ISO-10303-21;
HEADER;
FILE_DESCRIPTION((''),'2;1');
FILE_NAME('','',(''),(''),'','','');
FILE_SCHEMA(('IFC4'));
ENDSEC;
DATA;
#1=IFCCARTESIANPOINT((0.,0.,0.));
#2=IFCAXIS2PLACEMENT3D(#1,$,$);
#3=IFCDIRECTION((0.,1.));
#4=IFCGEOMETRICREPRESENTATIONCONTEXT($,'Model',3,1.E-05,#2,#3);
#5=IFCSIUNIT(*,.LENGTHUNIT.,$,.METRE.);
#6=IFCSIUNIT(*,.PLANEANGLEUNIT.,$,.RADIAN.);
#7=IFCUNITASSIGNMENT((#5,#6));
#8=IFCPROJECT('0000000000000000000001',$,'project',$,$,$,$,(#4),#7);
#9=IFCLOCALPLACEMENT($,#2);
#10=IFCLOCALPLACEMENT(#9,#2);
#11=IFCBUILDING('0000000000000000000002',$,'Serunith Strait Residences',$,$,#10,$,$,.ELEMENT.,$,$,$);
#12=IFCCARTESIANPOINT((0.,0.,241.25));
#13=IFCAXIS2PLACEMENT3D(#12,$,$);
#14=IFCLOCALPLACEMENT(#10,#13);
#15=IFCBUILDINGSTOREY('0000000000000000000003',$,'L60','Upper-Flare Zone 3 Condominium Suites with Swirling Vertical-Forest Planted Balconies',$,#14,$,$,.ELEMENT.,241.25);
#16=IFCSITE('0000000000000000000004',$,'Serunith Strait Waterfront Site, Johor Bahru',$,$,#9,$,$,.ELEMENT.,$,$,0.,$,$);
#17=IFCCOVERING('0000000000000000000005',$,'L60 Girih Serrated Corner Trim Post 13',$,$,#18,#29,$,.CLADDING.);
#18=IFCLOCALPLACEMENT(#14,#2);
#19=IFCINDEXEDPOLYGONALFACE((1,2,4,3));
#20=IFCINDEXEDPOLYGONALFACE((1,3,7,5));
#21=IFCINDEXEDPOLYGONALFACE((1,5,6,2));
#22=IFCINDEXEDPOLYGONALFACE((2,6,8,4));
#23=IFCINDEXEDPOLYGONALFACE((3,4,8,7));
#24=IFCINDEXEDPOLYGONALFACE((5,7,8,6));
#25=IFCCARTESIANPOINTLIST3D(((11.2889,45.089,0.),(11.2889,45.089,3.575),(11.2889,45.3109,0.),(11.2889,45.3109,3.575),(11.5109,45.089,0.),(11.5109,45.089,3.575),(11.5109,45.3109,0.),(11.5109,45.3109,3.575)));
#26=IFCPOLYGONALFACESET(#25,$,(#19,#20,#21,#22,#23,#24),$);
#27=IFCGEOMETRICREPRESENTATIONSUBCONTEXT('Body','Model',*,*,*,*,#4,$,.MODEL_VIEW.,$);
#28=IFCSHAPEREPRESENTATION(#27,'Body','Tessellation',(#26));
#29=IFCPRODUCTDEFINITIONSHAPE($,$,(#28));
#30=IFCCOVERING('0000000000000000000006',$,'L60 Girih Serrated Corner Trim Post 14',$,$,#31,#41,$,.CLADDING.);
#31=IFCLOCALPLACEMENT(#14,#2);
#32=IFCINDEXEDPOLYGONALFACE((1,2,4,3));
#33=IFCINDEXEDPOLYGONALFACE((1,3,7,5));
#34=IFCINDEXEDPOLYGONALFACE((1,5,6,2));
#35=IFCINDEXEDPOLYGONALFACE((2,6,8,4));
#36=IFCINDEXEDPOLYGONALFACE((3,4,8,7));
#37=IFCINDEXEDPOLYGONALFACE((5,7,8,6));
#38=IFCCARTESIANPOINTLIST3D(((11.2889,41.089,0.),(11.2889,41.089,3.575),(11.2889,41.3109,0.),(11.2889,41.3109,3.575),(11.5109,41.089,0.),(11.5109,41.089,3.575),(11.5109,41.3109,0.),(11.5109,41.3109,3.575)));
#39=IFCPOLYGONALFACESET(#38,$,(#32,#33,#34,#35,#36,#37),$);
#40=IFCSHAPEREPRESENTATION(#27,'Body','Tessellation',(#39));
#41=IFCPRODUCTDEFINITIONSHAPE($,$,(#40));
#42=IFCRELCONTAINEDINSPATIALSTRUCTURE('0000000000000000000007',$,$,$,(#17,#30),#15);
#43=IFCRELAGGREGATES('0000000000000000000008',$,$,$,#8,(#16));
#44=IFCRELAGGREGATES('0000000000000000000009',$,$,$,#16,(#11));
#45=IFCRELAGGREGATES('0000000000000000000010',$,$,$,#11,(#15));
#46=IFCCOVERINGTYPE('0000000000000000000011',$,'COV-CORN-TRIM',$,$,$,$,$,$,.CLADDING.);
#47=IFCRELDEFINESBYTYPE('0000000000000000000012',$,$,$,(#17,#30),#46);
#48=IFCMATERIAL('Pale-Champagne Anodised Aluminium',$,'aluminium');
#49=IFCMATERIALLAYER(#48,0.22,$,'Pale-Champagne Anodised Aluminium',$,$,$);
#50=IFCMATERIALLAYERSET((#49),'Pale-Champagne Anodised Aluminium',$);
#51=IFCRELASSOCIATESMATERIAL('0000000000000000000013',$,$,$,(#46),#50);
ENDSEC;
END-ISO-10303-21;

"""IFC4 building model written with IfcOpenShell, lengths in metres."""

from ifc_helpers import new_model, si_unit, direction, frame, origin, origin_2d, place, context, subcontext, project, spatial, rectangle, extrude, source, transform, mapped, material, layer, layer_set, type_object, element, save


model = new_model("IFC4")

# Units and contexts
model_context = context("Model", 3, precision=1e-05, world=origin(), true_north=direction((0.0, 1.0)))
body_context = subcontext(model_context, "Body", "Model", "MODEL_VIEW")
ifc_project = project(units=[si_unit("LENGTHUNIT", "METRE"), si_unit("PLANEANGLEUNIT", "RADIAN")], contexts=[model_context])

# Site, building, storey
site_placement = place(None, origin())
site = spatial("IfcSite", under=ifc_project, at=site_placement, Name="Serunith Strait Waterfront Site, Johor Bahru", CompositionType="ELEMENT", RefElevation=0.0)
building_placement = place(site_placement, origin())
building = spatial("IfcBuilding", under=site, at=building_placement, Name="Serunith Strait Residences", CompositionType="ELEMENT")
storey_placement = place(building_placement, frame((0.0, 0.0, 241.25)))
storey = spatial("IfcBuildingStorey", under=building, at=storey_placement, Name="L60", Description="Upper-Flare Zone 3 Condominium Suites with Swirling Vertical-Forest Planted Balconies", CompositionType="ELEMENT", Elevation=241.25)

# Shared definitions
ifc_material_1 = material(Name="Pale-Champagne Anodised Aluminium", Category="aluminium")

# Coverings
ifc_layer_1 = layer(ifc_material_1, 0.22, Name="Pale-Champagne Anodised Aluminium")
ifc_layer_set_1 = layer_set([ifc_layer_1], Name="Pale-Champagne Anodised Aluminium")
covering_type = type_object("IfcCoveringType", Name="COV-CORN-TRIM", PredefinedType="CLADDING", material=ifc_layer_set_1)
shared_shape_1 = source(origin(), body_context, "Body", "SweptSolid", [
    extrude(rectangle(XDim=0.2219, YDim=0.2219, at=origin_2d()), origin(), (0.0, 0.0, 1.0), 3.575),
])
for number, where, z_axis, x_axis, name in (
    (1, (11.3999, 45.2, 0.0), (0.0, 0.0, 1.0), (1.0, 0.0, 0.0), "L60 Girih Serrated Corner Trim Post 13"),
    (2, (11.3999, 41.2, 0.0), (0.0, 0.0, 1.0), (1.0, 0.0, 0.0), "L60 Girih Serrated Corner Trim Post 14"),
):
    element("IfcCovering", number, at=place(storey_placement, frame(where, z_axis=z_axis, x_axis=x_axis)), inside=storey, type_object=covering_type, Name=name, PredefinedType="CLADDING", context=body_context, shape_type="MappedRepresentation", body=[
        mapped(shared_shape_1, transform((0.0, 0.0, 0.0), scale=1.0)),
    ])

save(model, "model.ifc")
